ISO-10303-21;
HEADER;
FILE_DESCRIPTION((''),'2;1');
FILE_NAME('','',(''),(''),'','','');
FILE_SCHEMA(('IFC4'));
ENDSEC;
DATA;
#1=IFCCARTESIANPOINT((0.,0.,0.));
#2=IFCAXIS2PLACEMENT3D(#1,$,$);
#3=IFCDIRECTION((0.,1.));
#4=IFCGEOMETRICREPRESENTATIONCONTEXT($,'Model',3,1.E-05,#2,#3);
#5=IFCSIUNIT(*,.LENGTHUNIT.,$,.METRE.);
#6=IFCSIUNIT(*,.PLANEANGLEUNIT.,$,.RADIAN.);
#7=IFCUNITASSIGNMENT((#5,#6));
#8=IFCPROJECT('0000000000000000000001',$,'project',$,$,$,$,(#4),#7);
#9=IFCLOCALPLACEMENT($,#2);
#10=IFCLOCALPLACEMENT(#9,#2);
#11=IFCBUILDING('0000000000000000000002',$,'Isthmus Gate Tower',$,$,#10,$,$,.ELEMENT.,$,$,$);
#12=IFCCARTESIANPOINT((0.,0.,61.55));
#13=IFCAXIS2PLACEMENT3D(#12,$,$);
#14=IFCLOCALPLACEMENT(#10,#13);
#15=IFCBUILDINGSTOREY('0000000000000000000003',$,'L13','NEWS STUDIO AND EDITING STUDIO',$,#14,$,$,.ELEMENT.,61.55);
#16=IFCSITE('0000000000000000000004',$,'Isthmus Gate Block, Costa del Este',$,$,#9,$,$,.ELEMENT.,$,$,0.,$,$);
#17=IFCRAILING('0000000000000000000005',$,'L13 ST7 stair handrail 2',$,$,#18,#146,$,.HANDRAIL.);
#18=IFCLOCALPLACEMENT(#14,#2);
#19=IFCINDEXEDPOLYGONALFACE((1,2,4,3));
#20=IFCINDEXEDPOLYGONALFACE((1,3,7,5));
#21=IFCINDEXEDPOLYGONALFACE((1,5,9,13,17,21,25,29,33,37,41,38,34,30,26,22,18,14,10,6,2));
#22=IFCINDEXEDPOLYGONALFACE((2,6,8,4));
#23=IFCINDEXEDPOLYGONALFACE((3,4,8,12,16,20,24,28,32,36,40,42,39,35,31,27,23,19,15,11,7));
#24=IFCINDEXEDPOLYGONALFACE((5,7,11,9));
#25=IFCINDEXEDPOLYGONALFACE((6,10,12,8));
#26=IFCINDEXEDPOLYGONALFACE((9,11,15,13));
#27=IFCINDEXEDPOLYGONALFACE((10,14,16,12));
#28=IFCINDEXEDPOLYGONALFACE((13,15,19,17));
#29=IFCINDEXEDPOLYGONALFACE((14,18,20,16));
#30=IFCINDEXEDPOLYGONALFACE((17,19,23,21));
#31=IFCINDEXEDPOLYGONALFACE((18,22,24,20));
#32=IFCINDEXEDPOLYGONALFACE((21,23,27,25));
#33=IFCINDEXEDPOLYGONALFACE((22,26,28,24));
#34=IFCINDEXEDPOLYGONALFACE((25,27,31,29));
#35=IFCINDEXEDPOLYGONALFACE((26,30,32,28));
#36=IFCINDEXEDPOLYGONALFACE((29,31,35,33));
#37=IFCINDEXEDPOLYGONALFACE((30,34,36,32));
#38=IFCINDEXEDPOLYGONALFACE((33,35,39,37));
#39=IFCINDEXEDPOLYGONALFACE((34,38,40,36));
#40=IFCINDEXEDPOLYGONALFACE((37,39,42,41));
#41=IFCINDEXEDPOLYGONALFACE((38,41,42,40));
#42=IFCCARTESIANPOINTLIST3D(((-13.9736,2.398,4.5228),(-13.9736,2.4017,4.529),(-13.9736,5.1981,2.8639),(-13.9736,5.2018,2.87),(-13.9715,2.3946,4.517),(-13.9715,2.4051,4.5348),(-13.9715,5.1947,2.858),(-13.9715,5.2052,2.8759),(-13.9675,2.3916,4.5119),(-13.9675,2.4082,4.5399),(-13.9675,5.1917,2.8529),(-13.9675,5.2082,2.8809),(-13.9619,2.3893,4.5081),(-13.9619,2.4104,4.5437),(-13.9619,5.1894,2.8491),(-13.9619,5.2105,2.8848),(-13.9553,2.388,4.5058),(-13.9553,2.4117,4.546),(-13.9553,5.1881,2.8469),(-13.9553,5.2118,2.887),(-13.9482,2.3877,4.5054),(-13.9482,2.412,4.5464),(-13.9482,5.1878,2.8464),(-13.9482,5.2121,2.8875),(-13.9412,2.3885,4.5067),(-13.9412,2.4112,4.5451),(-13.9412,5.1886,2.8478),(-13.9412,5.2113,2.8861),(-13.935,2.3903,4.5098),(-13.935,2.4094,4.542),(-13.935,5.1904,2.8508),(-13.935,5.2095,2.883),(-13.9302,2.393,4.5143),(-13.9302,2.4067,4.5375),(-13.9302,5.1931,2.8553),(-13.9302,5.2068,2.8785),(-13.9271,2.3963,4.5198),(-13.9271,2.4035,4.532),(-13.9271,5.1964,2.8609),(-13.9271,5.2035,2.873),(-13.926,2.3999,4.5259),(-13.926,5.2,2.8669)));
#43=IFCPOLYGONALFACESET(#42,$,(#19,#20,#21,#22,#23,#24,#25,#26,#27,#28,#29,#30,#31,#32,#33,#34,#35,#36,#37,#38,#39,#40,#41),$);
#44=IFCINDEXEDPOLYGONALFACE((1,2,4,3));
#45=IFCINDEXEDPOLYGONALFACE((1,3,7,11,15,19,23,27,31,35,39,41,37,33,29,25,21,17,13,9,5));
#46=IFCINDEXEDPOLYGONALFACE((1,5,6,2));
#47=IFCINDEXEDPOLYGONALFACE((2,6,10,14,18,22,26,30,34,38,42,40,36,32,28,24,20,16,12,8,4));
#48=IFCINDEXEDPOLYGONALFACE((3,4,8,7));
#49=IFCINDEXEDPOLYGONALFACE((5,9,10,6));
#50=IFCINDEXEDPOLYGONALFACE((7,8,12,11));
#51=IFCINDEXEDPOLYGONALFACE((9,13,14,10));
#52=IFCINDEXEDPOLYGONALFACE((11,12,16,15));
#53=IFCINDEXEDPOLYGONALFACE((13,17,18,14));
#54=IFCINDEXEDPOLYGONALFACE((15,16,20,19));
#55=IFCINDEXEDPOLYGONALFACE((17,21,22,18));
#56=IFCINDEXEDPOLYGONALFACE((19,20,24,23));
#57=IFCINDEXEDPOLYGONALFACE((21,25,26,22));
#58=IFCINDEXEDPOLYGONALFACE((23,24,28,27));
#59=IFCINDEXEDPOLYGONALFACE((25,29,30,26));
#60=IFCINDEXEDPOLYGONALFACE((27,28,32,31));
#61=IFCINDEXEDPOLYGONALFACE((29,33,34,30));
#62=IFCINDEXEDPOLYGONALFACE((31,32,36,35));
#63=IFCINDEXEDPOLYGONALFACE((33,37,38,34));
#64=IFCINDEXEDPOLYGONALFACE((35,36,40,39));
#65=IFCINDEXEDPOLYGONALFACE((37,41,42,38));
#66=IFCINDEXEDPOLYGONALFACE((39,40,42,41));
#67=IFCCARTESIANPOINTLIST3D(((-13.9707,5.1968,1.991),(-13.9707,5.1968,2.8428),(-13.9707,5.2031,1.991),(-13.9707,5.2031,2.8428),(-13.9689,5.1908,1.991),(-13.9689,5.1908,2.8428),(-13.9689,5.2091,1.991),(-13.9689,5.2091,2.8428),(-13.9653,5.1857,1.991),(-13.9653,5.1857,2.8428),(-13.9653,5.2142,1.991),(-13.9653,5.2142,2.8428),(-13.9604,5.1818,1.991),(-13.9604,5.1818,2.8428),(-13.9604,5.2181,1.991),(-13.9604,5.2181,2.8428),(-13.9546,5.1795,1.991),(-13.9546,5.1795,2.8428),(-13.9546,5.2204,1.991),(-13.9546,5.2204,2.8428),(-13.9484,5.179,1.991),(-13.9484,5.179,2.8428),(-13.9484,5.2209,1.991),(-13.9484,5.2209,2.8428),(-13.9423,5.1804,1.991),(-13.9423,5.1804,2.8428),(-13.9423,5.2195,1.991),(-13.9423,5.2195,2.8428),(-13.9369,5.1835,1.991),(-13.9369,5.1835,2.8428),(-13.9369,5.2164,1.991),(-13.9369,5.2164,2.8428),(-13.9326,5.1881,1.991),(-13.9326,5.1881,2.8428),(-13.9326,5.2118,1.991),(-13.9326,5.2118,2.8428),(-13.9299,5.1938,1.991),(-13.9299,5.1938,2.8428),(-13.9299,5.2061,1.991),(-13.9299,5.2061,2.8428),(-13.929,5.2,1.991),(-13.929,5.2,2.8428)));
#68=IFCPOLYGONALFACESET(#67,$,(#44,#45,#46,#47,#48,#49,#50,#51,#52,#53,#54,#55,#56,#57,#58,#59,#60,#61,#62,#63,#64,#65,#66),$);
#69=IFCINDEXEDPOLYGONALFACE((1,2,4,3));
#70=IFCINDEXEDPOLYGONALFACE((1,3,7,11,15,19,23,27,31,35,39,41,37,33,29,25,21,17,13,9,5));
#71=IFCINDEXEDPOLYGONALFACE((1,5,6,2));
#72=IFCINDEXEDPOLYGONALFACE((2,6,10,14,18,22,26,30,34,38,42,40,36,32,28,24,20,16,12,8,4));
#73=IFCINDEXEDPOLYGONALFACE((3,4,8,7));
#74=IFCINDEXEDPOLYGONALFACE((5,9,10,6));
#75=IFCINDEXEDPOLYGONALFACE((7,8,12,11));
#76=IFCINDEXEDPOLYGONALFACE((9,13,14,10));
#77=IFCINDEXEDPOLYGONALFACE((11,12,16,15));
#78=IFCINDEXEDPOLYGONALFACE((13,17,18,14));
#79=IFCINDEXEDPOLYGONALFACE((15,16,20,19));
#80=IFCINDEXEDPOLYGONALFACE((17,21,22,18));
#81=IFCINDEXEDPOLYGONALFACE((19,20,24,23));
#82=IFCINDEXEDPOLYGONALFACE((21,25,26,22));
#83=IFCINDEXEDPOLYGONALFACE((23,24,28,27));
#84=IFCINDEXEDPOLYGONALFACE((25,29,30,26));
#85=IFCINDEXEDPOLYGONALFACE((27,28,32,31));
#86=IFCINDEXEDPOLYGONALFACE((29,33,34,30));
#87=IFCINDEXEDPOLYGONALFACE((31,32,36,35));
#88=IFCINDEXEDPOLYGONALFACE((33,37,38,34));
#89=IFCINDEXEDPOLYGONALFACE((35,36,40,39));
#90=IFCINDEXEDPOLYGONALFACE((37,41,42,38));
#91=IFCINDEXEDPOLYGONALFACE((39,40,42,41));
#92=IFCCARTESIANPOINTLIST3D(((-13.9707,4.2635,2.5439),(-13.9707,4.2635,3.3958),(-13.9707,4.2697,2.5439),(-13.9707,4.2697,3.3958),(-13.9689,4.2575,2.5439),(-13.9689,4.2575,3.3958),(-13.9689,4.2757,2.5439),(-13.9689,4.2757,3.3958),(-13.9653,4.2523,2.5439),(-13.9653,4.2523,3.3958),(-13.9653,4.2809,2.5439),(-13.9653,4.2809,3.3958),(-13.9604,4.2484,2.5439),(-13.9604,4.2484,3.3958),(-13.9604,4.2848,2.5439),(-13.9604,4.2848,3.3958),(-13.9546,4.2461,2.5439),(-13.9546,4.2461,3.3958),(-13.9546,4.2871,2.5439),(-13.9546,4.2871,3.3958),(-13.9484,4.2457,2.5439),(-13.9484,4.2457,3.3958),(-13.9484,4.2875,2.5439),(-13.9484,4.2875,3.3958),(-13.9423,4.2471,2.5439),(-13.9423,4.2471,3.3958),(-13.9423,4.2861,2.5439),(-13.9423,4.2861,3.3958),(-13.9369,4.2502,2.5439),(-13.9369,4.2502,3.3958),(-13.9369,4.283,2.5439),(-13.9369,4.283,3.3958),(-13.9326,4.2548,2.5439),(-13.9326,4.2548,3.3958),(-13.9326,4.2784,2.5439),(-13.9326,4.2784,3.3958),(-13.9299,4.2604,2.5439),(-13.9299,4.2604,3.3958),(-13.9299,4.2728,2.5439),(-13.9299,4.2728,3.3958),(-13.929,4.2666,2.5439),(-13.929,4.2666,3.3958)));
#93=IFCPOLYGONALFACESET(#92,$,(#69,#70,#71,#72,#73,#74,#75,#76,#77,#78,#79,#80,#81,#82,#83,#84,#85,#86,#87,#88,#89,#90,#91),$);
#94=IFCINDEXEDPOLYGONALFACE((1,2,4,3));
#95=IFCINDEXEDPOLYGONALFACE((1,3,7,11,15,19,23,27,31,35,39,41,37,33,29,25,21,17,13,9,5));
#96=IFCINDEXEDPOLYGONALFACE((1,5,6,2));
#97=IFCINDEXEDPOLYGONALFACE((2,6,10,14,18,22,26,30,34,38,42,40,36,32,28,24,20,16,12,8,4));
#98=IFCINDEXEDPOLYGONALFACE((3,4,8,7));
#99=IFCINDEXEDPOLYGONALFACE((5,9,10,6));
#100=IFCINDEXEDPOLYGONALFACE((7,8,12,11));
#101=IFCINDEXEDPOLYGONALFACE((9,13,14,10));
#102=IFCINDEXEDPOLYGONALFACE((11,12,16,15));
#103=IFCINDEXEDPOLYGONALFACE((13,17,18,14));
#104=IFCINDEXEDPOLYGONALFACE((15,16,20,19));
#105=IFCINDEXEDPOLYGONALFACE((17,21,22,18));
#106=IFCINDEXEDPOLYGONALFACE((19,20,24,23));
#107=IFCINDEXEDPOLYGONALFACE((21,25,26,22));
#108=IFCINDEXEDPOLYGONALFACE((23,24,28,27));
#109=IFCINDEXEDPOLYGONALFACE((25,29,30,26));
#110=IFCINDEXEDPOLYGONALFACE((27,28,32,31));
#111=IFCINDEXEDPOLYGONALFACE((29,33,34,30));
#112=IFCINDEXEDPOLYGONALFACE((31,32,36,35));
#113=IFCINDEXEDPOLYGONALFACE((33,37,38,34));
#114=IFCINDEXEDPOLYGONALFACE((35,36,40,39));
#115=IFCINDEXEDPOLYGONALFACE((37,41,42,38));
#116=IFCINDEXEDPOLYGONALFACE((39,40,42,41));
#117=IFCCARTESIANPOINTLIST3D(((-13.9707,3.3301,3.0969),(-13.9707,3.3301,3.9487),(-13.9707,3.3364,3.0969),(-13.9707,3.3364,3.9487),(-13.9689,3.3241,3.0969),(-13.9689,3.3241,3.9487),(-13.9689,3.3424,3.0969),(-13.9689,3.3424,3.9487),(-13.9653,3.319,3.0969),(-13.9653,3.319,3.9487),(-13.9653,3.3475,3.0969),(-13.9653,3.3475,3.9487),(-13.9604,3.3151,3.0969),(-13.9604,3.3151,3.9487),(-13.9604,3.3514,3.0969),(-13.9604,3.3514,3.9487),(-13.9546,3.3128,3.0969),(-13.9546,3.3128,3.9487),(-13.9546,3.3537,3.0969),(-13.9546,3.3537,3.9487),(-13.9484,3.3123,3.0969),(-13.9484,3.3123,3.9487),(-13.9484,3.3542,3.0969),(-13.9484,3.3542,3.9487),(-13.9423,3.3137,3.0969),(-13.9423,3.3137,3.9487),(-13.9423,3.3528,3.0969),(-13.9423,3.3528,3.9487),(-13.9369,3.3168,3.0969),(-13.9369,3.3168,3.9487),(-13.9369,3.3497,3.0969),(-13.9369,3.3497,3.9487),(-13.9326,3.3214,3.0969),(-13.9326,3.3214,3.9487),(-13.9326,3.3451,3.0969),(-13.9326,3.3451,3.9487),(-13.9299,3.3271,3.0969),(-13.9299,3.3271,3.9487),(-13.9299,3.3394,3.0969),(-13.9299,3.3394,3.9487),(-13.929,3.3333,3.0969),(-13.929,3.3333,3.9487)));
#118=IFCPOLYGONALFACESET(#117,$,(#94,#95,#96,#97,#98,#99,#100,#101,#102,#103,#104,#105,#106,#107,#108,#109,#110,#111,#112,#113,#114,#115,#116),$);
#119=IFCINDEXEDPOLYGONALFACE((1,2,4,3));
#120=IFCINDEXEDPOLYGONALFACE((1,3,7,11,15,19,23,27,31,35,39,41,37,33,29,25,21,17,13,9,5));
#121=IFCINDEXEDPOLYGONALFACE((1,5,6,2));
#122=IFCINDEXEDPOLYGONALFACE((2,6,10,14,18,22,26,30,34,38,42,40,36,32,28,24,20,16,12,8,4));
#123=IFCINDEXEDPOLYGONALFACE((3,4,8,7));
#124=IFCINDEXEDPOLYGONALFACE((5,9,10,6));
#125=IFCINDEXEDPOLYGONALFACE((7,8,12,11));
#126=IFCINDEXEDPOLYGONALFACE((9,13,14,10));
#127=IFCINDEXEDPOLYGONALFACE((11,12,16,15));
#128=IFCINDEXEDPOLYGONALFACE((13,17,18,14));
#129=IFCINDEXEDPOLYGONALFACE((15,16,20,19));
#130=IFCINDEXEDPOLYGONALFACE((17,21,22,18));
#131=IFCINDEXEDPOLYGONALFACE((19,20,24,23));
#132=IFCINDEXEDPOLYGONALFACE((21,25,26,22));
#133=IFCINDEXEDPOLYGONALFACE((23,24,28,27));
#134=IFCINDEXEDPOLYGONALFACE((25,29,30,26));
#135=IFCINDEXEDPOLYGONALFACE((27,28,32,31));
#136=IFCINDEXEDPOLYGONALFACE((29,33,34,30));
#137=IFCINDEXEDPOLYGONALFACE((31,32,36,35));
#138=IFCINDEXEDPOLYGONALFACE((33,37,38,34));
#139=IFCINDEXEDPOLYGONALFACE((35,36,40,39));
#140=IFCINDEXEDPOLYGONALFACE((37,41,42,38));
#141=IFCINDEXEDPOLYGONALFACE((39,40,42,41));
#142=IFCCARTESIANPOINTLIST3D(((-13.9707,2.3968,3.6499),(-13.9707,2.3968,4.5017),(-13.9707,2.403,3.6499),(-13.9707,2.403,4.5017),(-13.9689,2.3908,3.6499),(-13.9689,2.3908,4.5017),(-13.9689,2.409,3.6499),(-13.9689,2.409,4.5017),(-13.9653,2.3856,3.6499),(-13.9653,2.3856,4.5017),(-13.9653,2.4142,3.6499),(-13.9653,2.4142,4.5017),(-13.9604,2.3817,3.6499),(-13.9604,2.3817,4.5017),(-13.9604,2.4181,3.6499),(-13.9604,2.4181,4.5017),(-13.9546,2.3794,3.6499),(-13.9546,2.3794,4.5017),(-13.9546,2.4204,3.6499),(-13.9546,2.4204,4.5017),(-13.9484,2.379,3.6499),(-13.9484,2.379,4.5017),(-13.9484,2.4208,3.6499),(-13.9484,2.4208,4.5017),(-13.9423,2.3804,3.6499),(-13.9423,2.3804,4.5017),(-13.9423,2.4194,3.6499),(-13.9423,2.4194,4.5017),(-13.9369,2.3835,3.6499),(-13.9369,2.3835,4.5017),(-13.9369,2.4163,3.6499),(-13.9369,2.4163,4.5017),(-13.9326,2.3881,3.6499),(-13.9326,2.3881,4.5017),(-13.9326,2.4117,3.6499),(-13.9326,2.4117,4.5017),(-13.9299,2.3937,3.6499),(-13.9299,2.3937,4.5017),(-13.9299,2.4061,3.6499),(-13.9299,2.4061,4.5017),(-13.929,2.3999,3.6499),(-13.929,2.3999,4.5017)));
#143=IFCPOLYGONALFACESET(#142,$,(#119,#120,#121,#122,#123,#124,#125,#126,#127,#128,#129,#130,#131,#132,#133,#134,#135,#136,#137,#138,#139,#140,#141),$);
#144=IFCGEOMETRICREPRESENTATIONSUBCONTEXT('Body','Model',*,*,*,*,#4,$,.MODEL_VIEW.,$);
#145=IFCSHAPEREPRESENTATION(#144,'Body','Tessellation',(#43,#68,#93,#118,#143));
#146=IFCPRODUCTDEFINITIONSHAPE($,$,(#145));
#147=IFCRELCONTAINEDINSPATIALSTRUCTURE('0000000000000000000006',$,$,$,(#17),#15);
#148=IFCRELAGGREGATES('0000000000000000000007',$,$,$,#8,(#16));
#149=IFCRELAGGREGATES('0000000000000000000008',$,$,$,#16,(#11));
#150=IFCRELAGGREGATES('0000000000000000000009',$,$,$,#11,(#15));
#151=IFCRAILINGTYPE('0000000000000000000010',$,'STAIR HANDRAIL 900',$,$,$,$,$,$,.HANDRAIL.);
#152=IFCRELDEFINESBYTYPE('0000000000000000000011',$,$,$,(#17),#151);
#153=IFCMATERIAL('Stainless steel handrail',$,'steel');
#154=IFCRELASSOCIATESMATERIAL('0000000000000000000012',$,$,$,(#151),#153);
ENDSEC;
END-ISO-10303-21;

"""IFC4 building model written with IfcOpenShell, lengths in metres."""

from ifc_helpers import new_model, si_unit, direction, frame, origin, origin_2d, place, context, subcontext, project, spatial, circle, extrude, material, type_object, element, save


model = new_model("IFC4")

# Units and contexts
model_context = context("Model", 3, precision=1e-05, world=origin(), true_north=direction((0.0, 1.0)))
body_context = subcontext(model_context, "Body", "Model", "MODEL_VIEW")
ifc_project = project(units=[si_unit("LENGTHUNIT", "METRE"), si_unit("PLANEANGLEUNIT", "RADIAN")], contexts=[model_context])

# Site, building, storey
site_placement = place(None, origin())
site = spatial("IfcSite", under=ifc_project, at=site_placement, Name="Isthmus Gate Block, Costa del Este", CompositionType="ELEMENT", RefElevation=0.0)
building_placement = place(site_placement, origin())
building = spatial("IfcBuilding", under=site, at=building_placement, Name="Isthmus Gate Tower", CompositionType="ELEMENT")
storey_placement = place(building_placement, frame((0.0, 0.0, 61.55)))
storey = spatial("IfcBuildingStorey", under=building, at=storey_placement, Name="L13", Description="NEWS STUDIO AND EDITING STUDIO", CompositionType="ELEMENT", Elevation=61.55)

# Railing
ifc_material_1 = material(Name="Stainless steel handrail", Category="steel")
railing_type_1 = type_object("IfcRailingType", Name="STAIR HANDRAIL 900", PredefinedType="HANDRAIL", material=ifc_material_1)
railing_1_placement = place(storey_placement, frame((-13.95, 5.2, 1.991)))
element("IfcRailing", 1, at=railing_1_placement, inside=storey, type_object=railing_type_1, Name="L13 ST7 stair handrail 2", PredefinedType="HANDRAIL", context=body_context, shape_type="SweptSolid", body=[
    extrude(circle(Radius=0.0239, at=origin_2d()), frame((0.0, 0.0, 0.876), z_axis=(0.0, -0.860339, 0.509722), x_axis=(1.0, 0.0, 0.0)), (0.0, 0.0, 1.0), 3.2546),
    extrude(circle(Radius=0.021, at=origin_2d()), origin(), (0.0, 0.0, 1.0), 0.8518),
    extrude(circle(Radius=0.021, at=origin_2d()), frame((0.0, -0.9333, 0.553)), (0.0, 0.0, 1.0), 0.8518),
    extrude(circle(Radius=0.021, at=origin_2d()), frame((0.0, -1.8667, 1.106)), (0.0, 0.0, 1.0), 0.8518),
    extrude(circle(Radius=0.021, at=origin_2d()), frame((0.0, -2.8, 1.6589)), (0.0, 0.0, 1.0), 0.8518),
])

save(model, "model.ifc")
